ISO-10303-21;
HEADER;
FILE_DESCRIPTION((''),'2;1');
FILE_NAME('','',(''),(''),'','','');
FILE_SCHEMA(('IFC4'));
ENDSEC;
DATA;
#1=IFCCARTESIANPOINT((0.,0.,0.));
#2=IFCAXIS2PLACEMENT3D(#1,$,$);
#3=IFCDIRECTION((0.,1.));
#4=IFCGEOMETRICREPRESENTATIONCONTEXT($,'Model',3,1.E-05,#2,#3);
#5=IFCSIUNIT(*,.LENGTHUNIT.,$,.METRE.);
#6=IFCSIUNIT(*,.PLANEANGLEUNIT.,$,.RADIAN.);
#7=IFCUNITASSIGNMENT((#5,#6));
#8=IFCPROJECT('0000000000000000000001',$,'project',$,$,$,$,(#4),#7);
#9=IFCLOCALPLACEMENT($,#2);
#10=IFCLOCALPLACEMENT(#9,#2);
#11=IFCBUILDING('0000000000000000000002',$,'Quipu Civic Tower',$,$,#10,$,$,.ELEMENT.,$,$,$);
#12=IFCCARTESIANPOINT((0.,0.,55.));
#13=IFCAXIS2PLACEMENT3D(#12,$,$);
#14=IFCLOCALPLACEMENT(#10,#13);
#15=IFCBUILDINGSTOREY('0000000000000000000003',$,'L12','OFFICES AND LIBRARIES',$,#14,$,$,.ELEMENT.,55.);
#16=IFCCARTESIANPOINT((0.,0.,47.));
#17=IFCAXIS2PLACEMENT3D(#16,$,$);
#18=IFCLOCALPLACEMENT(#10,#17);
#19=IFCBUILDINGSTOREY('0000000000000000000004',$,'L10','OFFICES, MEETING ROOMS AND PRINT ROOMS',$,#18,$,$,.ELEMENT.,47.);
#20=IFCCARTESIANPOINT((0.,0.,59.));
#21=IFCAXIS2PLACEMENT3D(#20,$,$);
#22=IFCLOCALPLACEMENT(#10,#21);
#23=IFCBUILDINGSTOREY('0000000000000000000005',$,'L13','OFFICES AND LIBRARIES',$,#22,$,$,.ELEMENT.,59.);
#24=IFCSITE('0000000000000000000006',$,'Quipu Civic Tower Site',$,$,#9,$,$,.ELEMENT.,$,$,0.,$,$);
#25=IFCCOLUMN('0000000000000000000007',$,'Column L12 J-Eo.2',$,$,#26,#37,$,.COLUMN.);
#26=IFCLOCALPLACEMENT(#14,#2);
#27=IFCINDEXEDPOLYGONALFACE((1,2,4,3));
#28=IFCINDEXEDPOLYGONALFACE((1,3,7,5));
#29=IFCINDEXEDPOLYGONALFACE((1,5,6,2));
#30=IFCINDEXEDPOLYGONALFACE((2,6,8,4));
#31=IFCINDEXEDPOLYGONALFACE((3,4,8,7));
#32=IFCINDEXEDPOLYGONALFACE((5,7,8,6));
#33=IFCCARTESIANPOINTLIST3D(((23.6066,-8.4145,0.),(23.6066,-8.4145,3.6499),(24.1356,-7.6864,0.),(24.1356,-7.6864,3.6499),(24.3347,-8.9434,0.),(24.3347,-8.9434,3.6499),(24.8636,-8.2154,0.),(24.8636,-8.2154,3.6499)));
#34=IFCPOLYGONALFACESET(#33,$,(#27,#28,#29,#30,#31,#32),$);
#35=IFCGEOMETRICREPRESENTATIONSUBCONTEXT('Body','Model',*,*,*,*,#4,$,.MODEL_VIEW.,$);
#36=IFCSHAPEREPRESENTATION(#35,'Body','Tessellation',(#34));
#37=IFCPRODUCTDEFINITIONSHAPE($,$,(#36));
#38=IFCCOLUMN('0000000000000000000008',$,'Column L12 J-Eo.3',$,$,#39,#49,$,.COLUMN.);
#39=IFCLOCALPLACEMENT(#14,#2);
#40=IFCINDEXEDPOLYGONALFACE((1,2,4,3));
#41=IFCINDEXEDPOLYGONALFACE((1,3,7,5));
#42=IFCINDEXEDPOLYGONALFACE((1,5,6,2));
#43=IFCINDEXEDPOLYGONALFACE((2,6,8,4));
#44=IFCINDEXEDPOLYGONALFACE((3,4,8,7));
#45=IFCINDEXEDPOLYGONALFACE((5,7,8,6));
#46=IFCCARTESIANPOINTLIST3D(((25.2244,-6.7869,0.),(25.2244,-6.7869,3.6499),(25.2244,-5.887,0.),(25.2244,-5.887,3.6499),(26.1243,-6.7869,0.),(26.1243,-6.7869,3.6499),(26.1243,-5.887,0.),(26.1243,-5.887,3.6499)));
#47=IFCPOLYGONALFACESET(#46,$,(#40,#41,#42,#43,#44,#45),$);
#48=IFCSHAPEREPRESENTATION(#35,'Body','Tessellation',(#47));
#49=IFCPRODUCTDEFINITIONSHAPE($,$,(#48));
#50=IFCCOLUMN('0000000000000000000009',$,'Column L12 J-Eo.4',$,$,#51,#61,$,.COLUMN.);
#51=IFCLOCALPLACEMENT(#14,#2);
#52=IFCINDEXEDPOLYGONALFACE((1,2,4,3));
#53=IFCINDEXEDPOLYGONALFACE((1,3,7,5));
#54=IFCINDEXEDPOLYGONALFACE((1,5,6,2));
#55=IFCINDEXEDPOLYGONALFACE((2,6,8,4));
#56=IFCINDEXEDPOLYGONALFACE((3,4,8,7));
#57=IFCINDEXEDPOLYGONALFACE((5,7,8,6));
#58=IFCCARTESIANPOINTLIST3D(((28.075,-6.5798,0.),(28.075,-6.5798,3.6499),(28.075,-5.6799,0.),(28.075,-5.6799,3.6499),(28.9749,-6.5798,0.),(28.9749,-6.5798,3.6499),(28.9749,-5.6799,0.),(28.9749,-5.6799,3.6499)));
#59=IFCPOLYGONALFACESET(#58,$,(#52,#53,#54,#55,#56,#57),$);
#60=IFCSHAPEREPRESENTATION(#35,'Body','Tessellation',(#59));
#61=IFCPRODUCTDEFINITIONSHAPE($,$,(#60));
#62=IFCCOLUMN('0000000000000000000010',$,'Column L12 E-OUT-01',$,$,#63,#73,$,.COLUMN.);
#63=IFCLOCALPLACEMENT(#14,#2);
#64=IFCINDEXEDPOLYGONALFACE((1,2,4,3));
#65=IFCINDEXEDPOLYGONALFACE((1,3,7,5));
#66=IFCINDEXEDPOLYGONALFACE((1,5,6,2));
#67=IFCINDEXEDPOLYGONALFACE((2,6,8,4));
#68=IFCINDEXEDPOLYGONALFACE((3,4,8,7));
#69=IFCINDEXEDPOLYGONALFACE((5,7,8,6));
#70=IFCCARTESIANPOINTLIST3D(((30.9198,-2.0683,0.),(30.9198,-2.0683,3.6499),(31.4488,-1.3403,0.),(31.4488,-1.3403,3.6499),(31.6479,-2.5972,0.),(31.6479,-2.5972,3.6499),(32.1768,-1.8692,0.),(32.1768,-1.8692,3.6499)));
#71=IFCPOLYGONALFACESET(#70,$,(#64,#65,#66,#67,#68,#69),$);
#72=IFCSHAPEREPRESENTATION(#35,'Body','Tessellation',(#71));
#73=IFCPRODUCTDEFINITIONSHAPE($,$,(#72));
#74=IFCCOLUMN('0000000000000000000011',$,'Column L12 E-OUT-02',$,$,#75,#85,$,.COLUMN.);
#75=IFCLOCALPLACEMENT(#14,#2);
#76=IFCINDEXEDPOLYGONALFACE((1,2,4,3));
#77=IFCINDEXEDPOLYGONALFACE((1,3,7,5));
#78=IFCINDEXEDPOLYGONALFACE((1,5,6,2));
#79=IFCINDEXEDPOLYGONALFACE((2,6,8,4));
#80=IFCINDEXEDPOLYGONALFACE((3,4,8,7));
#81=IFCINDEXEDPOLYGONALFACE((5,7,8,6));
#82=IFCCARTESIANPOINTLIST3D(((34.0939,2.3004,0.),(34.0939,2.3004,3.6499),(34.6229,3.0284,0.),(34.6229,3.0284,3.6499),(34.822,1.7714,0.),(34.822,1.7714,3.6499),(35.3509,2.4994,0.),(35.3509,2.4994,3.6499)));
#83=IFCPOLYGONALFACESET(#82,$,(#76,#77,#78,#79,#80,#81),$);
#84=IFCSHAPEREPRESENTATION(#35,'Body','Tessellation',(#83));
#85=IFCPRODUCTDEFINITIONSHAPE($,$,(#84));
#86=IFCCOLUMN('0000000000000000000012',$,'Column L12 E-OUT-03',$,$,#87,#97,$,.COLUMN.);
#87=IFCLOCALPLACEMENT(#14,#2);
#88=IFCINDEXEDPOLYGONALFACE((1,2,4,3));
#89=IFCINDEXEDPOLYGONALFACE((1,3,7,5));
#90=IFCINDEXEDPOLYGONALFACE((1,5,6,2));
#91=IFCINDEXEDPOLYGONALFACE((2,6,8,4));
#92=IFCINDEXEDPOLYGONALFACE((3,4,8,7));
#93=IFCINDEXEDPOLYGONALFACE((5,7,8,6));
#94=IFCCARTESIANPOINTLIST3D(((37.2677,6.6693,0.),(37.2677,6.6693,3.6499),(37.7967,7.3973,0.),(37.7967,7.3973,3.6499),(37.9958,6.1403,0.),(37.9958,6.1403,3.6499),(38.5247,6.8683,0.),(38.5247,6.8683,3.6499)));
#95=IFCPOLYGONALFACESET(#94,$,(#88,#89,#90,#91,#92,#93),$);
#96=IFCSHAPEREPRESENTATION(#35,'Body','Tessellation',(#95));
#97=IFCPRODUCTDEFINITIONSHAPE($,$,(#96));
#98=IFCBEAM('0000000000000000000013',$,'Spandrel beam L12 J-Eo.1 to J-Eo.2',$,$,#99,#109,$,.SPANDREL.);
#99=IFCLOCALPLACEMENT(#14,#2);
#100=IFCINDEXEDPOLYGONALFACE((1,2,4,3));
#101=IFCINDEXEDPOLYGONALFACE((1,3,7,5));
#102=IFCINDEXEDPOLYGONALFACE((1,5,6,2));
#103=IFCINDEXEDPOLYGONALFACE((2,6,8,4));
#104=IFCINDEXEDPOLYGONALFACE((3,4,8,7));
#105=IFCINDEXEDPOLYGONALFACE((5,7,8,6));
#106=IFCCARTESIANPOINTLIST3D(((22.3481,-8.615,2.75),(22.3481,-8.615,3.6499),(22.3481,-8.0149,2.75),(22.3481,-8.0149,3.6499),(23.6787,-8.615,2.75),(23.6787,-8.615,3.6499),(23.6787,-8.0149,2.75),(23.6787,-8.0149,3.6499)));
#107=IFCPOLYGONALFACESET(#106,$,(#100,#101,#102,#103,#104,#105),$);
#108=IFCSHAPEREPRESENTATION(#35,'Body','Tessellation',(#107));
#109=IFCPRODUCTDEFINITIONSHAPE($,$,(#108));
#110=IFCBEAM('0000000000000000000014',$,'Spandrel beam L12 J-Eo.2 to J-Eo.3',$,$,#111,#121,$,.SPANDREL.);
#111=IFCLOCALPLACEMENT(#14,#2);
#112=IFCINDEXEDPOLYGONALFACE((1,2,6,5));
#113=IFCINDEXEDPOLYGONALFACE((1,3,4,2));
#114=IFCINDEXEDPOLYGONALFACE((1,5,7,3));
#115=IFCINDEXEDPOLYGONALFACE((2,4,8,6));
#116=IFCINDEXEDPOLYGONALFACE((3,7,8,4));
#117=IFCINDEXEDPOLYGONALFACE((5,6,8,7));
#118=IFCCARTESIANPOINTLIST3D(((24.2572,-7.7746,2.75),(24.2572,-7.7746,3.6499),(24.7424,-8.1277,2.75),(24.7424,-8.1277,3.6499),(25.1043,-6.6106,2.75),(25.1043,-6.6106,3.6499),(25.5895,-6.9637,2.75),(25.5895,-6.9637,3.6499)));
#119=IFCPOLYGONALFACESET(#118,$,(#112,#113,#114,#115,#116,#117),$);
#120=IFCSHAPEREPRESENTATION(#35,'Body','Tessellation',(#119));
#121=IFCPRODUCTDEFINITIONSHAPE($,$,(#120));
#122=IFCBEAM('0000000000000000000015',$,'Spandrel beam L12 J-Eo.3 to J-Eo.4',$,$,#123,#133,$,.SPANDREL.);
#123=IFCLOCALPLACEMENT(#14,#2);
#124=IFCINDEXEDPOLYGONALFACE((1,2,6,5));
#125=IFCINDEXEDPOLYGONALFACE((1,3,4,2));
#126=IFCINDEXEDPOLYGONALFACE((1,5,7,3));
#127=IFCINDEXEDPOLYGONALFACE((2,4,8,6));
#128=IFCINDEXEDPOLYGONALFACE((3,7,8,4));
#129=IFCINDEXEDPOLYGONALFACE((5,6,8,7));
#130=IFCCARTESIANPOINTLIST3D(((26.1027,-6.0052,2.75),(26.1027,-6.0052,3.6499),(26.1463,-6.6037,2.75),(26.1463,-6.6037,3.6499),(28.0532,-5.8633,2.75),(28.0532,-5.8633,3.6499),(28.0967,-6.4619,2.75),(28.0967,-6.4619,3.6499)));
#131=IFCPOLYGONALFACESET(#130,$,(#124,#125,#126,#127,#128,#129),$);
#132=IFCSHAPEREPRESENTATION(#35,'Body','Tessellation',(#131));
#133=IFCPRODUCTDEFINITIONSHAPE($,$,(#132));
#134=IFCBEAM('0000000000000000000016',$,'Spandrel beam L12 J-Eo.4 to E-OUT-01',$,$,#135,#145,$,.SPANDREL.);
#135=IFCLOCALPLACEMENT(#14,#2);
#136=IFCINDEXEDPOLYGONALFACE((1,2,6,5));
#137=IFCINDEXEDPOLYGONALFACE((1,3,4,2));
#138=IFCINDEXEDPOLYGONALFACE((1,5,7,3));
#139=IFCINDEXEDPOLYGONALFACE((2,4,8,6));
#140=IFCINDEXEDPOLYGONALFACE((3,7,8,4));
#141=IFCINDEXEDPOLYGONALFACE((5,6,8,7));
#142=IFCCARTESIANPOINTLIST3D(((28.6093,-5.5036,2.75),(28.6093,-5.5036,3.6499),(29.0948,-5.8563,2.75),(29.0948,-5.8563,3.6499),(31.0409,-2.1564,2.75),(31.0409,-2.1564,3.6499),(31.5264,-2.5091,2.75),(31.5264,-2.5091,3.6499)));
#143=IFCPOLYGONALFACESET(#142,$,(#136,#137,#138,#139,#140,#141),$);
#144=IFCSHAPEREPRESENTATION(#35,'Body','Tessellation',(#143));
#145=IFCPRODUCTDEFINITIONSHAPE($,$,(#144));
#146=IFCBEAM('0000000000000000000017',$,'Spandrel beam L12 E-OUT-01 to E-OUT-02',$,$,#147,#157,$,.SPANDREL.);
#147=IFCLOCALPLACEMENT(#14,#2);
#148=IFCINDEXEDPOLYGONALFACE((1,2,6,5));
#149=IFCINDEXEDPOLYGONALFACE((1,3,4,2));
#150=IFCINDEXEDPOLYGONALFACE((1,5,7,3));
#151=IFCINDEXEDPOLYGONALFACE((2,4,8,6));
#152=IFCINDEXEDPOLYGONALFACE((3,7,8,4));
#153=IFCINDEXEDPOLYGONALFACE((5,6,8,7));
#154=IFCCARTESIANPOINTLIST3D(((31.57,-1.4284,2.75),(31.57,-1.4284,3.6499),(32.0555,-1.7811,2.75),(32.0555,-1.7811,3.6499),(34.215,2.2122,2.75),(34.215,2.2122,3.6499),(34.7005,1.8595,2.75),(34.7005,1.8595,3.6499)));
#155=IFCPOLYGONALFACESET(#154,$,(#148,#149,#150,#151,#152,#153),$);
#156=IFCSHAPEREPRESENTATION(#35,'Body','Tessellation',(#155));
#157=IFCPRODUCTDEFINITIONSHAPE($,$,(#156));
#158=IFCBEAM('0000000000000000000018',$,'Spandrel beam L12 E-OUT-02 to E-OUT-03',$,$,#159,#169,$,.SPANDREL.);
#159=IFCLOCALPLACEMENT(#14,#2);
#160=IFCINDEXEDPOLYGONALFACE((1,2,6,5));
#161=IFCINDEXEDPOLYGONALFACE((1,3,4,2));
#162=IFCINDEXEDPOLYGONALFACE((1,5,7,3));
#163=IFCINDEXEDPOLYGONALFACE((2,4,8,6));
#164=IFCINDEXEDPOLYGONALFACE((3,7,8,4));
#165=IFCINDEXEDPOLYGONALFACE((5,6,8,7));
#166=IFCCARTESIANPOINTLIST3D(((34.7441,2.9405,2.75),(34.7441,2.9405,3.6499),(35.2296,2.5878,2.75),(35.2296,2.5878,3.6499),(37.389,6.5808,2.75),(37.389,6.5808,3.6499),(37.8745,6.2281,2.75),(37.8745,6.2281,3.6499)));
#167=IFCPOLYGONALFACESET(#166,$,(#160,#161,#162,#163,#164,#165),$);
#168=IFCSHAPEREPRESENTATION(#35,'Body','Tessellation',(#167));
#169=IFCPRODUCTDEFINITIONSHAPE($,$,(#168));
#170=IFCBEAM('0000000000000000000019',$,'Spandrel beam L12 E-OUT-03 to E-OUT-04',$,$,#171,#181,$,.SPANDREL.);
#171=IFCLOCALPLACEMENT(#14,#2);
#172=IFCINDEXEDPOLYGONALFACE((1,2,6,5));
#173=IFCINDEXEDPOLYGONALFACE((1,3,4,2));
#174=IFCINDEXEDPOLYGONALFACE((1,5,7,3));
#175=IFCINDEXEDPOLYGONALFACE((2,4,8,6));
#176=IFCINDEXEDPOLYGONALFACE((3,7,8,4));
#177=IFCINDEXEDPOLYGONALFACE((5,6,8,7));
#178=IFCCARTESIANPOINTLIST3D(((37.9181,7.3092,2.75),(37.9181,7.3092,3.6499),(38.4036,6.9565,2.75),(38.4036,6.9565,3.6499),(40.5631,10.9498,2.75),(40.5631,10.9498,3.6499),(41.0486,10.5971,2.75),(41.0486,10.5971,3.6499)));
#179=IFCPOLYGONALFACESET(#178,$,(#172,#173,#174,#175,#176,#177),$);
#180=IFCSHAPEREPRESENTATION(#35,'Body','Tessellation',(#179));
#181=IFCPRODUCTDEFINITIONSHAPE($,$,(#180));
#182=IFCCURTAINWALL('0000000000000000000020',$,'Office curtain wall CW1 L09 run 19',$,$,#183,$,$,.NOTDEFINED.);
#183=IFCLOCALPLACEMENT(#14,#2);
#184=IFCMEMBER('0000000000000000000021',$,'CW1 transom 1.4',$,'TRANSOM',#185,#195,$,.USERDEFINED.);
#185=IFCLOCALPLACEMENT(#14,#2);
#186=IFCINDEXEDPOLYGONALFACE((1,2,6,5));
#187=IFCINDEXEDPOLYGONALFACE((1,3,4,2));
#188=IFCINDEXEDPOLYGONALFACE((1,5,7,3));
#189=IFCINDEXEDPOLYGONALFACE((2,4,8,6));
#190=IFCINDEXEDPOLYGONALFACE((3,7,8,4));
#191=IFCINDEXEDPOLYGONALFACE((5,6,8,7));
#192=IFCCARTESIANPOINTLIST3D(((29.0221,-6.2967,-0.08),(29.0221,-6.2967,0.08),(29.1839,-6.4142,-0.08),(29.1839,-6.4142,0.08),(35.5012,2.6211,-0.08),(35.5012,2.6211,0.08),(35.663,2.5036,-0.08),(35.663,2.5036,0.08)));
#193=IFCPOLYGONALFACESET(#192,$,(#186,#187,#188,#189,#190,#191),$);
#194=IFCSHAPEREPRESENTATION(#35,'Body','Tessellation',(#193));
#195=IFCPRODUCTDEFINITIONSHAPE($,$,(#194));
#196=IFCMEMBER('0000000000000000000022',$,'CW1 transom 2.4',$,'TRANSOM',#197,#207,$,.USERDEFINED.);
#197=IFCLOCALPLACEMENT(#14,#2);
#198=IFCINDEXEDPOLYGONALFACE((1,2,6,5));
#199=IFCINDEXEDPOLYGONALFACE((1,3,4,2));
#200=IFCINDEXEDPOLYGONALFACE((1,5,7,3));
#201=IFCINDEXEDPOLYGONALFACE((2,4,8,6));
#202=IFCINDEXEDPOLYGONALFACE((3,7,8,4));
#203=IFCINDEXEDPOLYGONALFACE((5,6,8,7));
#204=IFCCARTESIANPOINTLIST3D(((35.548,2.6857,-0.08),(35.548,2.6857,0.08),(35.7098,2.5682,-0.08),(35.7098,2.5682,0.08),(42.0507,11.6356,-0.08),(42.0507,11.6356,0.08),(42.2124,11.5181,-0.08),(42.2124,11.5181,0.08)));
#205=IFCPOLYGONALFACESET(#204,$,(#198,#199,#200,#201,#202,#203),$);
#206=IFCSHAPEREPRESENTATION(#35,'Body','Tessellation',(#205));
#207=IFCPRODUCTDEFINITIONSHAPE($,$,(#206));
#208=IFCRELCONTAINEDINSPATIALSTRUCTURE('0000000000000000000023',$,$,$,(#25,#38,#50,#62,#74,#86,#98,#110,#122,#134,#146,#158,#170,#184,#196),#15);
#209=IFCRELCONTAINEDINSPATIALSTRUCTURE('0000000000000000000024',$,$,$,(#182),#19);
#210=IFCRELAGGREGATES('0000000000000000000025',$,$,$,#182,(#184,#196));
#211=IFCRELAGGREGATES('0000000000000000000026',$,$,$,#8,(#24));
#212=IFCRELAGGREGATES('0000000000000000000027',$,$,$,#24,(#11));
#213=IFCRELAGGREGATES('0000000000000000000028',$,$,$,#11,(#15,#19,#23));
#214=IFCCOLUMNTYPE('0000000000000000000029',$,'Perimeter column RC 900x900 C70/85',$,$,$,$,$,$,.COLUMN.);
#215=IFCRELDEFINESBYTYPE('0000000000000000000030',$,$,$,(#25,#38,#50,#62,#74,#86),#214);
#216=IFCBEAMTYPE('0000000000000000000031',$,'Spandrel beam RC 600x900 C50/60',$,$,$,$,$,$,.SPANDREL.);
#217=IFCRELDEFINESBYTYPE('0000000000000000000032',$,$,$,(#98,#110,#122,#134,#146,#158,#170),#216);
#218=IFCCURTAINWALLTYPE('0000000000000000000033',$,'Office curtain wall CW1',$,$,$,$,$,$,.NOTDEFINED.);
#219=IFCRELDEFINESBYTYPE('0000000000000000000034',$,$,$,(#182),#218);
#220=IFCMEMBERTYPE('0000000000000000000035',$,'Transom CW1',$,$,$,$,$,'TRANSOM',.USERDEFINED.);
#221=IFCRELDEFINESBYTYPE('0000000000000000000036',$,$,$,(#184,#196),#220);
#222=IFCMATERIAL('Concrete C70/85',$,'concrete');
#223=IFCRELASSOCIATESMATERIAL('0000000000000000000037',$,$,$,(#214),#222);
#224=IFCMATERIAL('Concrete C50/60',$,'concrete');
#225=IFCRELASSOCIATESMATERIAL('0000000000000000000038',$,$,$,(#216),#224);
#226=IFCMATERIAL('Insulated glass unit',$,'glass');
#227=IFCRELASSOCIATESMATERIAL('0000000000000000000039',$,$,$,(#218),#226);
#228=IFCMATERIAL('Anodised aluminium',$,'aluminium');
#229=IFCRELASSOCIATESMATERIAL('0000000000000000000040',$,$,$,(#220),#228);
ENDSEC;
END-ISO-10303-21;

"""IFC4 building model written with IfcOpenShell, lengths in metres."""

from ifc_helpers import new_model, si_unit, direction, frame, origin, origin_2d, place, context, subcontext, project, spatial, rectangle, extrude, material, material_profile, profile_set, type_object, element, aggregate, save


model = new_model("IFC4")

# Units and contexts
model_context = context("Model", 3, precision=1e-05, world=origin(), true_north=direction((0.0, 1.0)))
body_context = subcontext(model_context, "Body", "Model", "MODEL_VIEW")
ifc_project = project(units=[si_unit("LENGTHUNIT", "METRE"), si_unit("PLANEANGLEUNIT", "RADIAN")], contexts=[model_context])

# Site, building, storey
site_placement = place(None, origin())
site = spatial("IfcSite", under=ifc_project, at=site_placement, Name="Quipu Civic Tower Site", CompositionType="ELEMENT", RefElevation=0.0)
building_placement = place(site_placement, origin())
building = spatial("IfcBuilding", under=site, at=building_placement, Name="Quipu Civic Tower", CompositionType="ELEMENT")
storey_1_placement = place(building_placement, frame((0.0, 0.0, 55.0)))
storey_1 = spatial("IfcBuildingStorey", under=building, at=storey_1_placement, Name="L12", Description="OFFICES AND LIBRARIES", CompositionType="ELEMENT", Elevation=55.0)

# Columns
ifc_material_1 = material(Name="Concrete C70/85", Category="concrete")
ifc_material_profile_1 = material_profile(ifc_material_1, rectangle(XDim=0.8999, YDim=0.8999, at=origin_2d()), Name="RC900x900")
ifc_profile_set_1 = profile_set([ifc_material_profile_1], Name="Concrete C70/85")
column_type = type_object("IfcColumnType", Name="Perimeter column RC 900x900 C70/85", PredefinedType="COLUMN", material=ifc_profile_set_1)
for number, where, z_axis, x_axis, name in (
    (1, (24.2351, -8.3149, 0.0), (0.0, 0.0, 1.0), (0.587785, 0.809017, 0.0), "Column L12 J-Eo.2"),
    (2, (25.6743, -6.3369, 0.0), (0.0, 0.0, 1.0), (1.0, 0.0, 0.0), "Column L12 J-Eo.3"),
    (3, (28.5249, -6.1299, 0.0), (0.0, 0.0, 1.0), (1.0, 0.0, 0.0), "Column L12 J-Eo.4"),
    (4, (31.5483, -1.9688, 0.0), (0.0, 0.0, 1.0), (0.587785, 0.809017, 0.0), "Column L12 E-OUT-01"),
    (5, (34.7224, 2.3999, 0.0), (0.0, 0.0, 1.0), (0.587785, 0.809017, 0.0), "Column L12 E-OUT-02"),
    (6, (37.8962, 6.7688, 0.0), (0.0, 0.0, 1.0), (0.587785, 0.809017, 0.0), "Column L12 E-OUT-03"),
):
    element("IfcColumn", number, at=place(storey_1_placement, frame(where, z_axis=z_axis, x_axis=x_axis)), inside=storey_1, type_object=column_type, Name=name, PredefinedType="COLUMN", context=body_context, shape_type="SweptSolid", body=[
        extrude(rectangle(XDim=0.8999, YDim=0.8999, at=origin_2d()), origin(), (0.0, 0.0, 1.0), 3.6499),
    ])

# Beams
ifc_material_2 = material(Name="Concrete C50/60", Category="concrete")
ifc_material_profile_2 = material_profile(ifc_material_2, rectangle(XDim=0.6001, YDim=0.8999, at=origin_2d()), Name="RC600x900")
ifc_profile_set_2 = profile_set([ifc_material_profile_2], Name="Concrete C50/60")
beam_type = type_object("IfcBeamType", Name="Spandrel beam RC 600x900 C50/60", PredefinedType="SPANDREL", material=ifc_profile_set_2)
beam_1_placement = place(storey_1_placement, frame((22.3481, -8.3149, 3.2), z_axis=(1.0, 0.0, 0.0), x_axis=(0.0, 1.0, 0.0)))
element("IfcBeam", 7, at=beam_1_placement, inside=storey_1, type_object=beam_type, Name="Spandrel beam L12 J-Eo.1 to J-Eo.2", PredefinedType="SPANDREL", context=body_context, shape_type="SweptSolid", body=[
    extrude(rectangle(XDim=0.6001, YDim=0.8999, at=origin_2d()), origin(), (0.0, 0.0, 1.0), 1.3306),
])
beam_2_placement = place(storey_1_placement, frame((24.4998, -7.9512, 3.2), z_axis=(0.588434, 0.808545, 0.0), x_axis=(-0.808545, 0.588434, 0.0)))
element("IfcBeam", 8, at=beam_2_placement, inside=storey_1, type_object=beam_type, Name="Spandrel beam L12 J-Eo.2 to J-Eo.3", PredefinedType="SPANDREL", context=body_context, shape_type="SweptSolid", body=[
    extrude(rectangle(XDim=0.6001, YDim=0.8999, at=origin_2d()), origin(), (0.0, 0.0, 1.0), 1.4397),
])
beam_3_placement = place(storey_1_placement, frame((26.1245, -6.3044, 3.2), z_axis=(0.997366, 0.072533, 0.0), x_axis=(-0.072533, 0.997366, 0.0)))
element("IfcBeam", 9, at=beam_3_placement, inside=storey_1, type_object=beam_type, Name="Spandrel beam L12 J-Eo.3 to J-Eo.4", PredefinedType="SPANDREL", context=body_context, shape_type="SweptSolid", body=[
    extrude(rectangle(XDim=0.6001, YDim=0.8999, at=origin_2d()), origin(), (0.0, 0.0, 1.0), 1.9556),
])
beam_4_placement = place(storey_1_placement, frame((28.8521, -5.6799, 3.2), z_axis=(0.587751, 0.809042, 0.0), x_axis=(-0.809042, 0.587751, 0.0)))
element("IfcBeam", 10, at=beam_4_placement, inside=storey_1, type_object=beam_type, Name="Spandrel beam L12 J-Eo.4 to E-OUT-01", PredefinedType="SPANDREL", context=body_context, shape_type="SweptSolid", body=[
    extrude(rectangle(XDim=0.6001, YDim=0.8999, at=origin_2d()), origin(), (0.0, 0.0, 1.0), 4.1372),
])
beam_5_placement = place(storey_1_placement, frame((31.8127, -1.6047, 3.2), z_axis=(0.587778, 0.809022, 0.0), x_axis=(-0.809022, 0.587778, 0.0)))
element("IfcBeam", 11, at=beam_5_placement, inside=storey_1, type_object=beam_type, Name="Spandrel beam L12 E-OUT-01 to E-OUT-02", PredefinedType="SPANDREL", context=body_context, shape_type="SweptSolid", body=[
    extrude(rectangle(XDim=0.6001, YDim=0.8999, at=origin_2d()), origin(), (0.0, 0.0, 1.0), 4.5),
])
beam_6_placement = place(storey_1_placement, frame((34.9868, 2.7642, 3.2), z_axis=(0.587804, 0.809003, 0.0), x_axis=(-0.809003, 0.587804, 0.0)))
element("IfcBeam", 12, at=beam_6_placement, inside=storey_1, type_object=beam_type, Name="Spandrel beam L12 E-OUT-02 to E-OUT-03", PredefinedType="SPANDREL", context=body_context, shape_type="SweptSolid", body=[
    extrude(rectangle(XDim=0.6001, YDim=0.8999, at=origin_2d()), origin(), (0.0, 0.0, 1.0), 4.4998),
])
beam_7_placement = place(storey_1_placement, frame((38.1609, 7.1328, 3.2), z_axis=(0.587778, 0.809022, 0.0), x_axis=(-0.809022, 0.587778, 0.0)))
element("IfcBeam", 13, at=beam_7_placement, inside=storey_1, type_object=beam_type, Name="Spandrel beam L12 E-OUT-03 to E-OUT-04", PredefinedType="SPANDREL", context=body_context, shape_type="SweptSolid", body=[
    extrude(rectangle(XDim=0.6001, YDim=0.8999, at=origin_2d()), origin(), (0.0, 0.0, 1.0), 4.5),
])

# Shared definitions
storey_2_placement = place(building_placement, frame((0.0, 0.0, 47.0)))
storey_2 = spatial("IfcBuildingStorey", under=building, at=storey_2_placement, Name="L10", Description="OFFICES, MEETING ROOMS AND PRINT ROOMS", CompositionType="ELEMENT", Elevation=47.0)

# Curtain wall, members
ifc_material_3 = material(Name="Insulated glass unit", Category="glass")
curtain_wall_type = type_object("IfcCurtainWallType", Name="Office curtain wall CW1", PredefinedType="NOTDEFINED", material=ifc_material_3)
curtain_wall_1_placement = place(storey_2_placement, origin())
curtain_wall_1 = element("IfcCurtainWall", 14, at=curtain_wall_1_placement, inside=storey_2, type_object=curtain_wall_type, Name="Office curtain wall CW1 L09 run 19", PredefinedType="NOTDEFINED")
ifc_material_4 = material(Name="Anodised aluminium", Category="aluminium")
ifc_material_profile_3 = material_profile(ifc_material_4, rectangle(XDim=0.2, YDim=0.1599, at=origin_2d()), Name="RECT 200x160")
ifc_profile_set_3 = profile_set([ifc_material_profile_3], Name="Anodised aluminium")
member_type = type_object("IfcMemberType", Name="Transom CW1", ElementType="TRANSOM", PredefinedType="USERDEFINED", material=ifc_profile_set_3)
member_1_placement = place(storey_1_placement, frame((29.103, -6.3555, 0.0), z_axis=(0.587779, 0.809021, 0.0), x_axis=(-0.809021, 0.587779, 0.0)))
member_1 = element("IfcMember", 15, at=member_1_placement, inside=storey_1, type_object=member_type, Name="CW1 transom 1.4", ObjectType="TRANSOM", PredefinedType="USERDEFINED", context=body_context, shape_type="SweptSolid", body=[
    extrude(rectangle(XDim=0.2, YDim=0.1599, at=origin_2d()), origin(), (0.0, 0.0, 1.0), 11.0229),
])
member_2_placement = place(storey_1_placement, frame((35.6289, 2.627, 0.0), z_axis=(0.587795, 0.80901, 0.0), x_axis=(-0.80901, 0.587795, 0.0)))
member_2 = element("IfcMember", 16, at=member_2_placement, inside=storey_1, type_object=member_type, Name="CW1 transom 2.4", ObjectType="TRANSOM", PredefinedType="USERDEFINED", context=body_context, shape_type="SweptSolid", body=[
    extrude(rectangle(XDim=0.2, YDim=0.1599, at=origin_2d()), origin(), (0.0, 0.0, 1.0), 11.0627),
])
aggregate(curtain_wall_1, [member_1, member_2])

# Shared definitions
storey_3_placement = place(building_placement, frame((0.0, 0.0, 59.0)))
storey_3 = spatial("IfcBuildingStorey", under=building, at=storey_3_placement, Name="L13", Description="OFFICES AND LIBRARIES", CompositionType="ELEMENT", Elevation=59.0)

save(model, "model.ifc")
